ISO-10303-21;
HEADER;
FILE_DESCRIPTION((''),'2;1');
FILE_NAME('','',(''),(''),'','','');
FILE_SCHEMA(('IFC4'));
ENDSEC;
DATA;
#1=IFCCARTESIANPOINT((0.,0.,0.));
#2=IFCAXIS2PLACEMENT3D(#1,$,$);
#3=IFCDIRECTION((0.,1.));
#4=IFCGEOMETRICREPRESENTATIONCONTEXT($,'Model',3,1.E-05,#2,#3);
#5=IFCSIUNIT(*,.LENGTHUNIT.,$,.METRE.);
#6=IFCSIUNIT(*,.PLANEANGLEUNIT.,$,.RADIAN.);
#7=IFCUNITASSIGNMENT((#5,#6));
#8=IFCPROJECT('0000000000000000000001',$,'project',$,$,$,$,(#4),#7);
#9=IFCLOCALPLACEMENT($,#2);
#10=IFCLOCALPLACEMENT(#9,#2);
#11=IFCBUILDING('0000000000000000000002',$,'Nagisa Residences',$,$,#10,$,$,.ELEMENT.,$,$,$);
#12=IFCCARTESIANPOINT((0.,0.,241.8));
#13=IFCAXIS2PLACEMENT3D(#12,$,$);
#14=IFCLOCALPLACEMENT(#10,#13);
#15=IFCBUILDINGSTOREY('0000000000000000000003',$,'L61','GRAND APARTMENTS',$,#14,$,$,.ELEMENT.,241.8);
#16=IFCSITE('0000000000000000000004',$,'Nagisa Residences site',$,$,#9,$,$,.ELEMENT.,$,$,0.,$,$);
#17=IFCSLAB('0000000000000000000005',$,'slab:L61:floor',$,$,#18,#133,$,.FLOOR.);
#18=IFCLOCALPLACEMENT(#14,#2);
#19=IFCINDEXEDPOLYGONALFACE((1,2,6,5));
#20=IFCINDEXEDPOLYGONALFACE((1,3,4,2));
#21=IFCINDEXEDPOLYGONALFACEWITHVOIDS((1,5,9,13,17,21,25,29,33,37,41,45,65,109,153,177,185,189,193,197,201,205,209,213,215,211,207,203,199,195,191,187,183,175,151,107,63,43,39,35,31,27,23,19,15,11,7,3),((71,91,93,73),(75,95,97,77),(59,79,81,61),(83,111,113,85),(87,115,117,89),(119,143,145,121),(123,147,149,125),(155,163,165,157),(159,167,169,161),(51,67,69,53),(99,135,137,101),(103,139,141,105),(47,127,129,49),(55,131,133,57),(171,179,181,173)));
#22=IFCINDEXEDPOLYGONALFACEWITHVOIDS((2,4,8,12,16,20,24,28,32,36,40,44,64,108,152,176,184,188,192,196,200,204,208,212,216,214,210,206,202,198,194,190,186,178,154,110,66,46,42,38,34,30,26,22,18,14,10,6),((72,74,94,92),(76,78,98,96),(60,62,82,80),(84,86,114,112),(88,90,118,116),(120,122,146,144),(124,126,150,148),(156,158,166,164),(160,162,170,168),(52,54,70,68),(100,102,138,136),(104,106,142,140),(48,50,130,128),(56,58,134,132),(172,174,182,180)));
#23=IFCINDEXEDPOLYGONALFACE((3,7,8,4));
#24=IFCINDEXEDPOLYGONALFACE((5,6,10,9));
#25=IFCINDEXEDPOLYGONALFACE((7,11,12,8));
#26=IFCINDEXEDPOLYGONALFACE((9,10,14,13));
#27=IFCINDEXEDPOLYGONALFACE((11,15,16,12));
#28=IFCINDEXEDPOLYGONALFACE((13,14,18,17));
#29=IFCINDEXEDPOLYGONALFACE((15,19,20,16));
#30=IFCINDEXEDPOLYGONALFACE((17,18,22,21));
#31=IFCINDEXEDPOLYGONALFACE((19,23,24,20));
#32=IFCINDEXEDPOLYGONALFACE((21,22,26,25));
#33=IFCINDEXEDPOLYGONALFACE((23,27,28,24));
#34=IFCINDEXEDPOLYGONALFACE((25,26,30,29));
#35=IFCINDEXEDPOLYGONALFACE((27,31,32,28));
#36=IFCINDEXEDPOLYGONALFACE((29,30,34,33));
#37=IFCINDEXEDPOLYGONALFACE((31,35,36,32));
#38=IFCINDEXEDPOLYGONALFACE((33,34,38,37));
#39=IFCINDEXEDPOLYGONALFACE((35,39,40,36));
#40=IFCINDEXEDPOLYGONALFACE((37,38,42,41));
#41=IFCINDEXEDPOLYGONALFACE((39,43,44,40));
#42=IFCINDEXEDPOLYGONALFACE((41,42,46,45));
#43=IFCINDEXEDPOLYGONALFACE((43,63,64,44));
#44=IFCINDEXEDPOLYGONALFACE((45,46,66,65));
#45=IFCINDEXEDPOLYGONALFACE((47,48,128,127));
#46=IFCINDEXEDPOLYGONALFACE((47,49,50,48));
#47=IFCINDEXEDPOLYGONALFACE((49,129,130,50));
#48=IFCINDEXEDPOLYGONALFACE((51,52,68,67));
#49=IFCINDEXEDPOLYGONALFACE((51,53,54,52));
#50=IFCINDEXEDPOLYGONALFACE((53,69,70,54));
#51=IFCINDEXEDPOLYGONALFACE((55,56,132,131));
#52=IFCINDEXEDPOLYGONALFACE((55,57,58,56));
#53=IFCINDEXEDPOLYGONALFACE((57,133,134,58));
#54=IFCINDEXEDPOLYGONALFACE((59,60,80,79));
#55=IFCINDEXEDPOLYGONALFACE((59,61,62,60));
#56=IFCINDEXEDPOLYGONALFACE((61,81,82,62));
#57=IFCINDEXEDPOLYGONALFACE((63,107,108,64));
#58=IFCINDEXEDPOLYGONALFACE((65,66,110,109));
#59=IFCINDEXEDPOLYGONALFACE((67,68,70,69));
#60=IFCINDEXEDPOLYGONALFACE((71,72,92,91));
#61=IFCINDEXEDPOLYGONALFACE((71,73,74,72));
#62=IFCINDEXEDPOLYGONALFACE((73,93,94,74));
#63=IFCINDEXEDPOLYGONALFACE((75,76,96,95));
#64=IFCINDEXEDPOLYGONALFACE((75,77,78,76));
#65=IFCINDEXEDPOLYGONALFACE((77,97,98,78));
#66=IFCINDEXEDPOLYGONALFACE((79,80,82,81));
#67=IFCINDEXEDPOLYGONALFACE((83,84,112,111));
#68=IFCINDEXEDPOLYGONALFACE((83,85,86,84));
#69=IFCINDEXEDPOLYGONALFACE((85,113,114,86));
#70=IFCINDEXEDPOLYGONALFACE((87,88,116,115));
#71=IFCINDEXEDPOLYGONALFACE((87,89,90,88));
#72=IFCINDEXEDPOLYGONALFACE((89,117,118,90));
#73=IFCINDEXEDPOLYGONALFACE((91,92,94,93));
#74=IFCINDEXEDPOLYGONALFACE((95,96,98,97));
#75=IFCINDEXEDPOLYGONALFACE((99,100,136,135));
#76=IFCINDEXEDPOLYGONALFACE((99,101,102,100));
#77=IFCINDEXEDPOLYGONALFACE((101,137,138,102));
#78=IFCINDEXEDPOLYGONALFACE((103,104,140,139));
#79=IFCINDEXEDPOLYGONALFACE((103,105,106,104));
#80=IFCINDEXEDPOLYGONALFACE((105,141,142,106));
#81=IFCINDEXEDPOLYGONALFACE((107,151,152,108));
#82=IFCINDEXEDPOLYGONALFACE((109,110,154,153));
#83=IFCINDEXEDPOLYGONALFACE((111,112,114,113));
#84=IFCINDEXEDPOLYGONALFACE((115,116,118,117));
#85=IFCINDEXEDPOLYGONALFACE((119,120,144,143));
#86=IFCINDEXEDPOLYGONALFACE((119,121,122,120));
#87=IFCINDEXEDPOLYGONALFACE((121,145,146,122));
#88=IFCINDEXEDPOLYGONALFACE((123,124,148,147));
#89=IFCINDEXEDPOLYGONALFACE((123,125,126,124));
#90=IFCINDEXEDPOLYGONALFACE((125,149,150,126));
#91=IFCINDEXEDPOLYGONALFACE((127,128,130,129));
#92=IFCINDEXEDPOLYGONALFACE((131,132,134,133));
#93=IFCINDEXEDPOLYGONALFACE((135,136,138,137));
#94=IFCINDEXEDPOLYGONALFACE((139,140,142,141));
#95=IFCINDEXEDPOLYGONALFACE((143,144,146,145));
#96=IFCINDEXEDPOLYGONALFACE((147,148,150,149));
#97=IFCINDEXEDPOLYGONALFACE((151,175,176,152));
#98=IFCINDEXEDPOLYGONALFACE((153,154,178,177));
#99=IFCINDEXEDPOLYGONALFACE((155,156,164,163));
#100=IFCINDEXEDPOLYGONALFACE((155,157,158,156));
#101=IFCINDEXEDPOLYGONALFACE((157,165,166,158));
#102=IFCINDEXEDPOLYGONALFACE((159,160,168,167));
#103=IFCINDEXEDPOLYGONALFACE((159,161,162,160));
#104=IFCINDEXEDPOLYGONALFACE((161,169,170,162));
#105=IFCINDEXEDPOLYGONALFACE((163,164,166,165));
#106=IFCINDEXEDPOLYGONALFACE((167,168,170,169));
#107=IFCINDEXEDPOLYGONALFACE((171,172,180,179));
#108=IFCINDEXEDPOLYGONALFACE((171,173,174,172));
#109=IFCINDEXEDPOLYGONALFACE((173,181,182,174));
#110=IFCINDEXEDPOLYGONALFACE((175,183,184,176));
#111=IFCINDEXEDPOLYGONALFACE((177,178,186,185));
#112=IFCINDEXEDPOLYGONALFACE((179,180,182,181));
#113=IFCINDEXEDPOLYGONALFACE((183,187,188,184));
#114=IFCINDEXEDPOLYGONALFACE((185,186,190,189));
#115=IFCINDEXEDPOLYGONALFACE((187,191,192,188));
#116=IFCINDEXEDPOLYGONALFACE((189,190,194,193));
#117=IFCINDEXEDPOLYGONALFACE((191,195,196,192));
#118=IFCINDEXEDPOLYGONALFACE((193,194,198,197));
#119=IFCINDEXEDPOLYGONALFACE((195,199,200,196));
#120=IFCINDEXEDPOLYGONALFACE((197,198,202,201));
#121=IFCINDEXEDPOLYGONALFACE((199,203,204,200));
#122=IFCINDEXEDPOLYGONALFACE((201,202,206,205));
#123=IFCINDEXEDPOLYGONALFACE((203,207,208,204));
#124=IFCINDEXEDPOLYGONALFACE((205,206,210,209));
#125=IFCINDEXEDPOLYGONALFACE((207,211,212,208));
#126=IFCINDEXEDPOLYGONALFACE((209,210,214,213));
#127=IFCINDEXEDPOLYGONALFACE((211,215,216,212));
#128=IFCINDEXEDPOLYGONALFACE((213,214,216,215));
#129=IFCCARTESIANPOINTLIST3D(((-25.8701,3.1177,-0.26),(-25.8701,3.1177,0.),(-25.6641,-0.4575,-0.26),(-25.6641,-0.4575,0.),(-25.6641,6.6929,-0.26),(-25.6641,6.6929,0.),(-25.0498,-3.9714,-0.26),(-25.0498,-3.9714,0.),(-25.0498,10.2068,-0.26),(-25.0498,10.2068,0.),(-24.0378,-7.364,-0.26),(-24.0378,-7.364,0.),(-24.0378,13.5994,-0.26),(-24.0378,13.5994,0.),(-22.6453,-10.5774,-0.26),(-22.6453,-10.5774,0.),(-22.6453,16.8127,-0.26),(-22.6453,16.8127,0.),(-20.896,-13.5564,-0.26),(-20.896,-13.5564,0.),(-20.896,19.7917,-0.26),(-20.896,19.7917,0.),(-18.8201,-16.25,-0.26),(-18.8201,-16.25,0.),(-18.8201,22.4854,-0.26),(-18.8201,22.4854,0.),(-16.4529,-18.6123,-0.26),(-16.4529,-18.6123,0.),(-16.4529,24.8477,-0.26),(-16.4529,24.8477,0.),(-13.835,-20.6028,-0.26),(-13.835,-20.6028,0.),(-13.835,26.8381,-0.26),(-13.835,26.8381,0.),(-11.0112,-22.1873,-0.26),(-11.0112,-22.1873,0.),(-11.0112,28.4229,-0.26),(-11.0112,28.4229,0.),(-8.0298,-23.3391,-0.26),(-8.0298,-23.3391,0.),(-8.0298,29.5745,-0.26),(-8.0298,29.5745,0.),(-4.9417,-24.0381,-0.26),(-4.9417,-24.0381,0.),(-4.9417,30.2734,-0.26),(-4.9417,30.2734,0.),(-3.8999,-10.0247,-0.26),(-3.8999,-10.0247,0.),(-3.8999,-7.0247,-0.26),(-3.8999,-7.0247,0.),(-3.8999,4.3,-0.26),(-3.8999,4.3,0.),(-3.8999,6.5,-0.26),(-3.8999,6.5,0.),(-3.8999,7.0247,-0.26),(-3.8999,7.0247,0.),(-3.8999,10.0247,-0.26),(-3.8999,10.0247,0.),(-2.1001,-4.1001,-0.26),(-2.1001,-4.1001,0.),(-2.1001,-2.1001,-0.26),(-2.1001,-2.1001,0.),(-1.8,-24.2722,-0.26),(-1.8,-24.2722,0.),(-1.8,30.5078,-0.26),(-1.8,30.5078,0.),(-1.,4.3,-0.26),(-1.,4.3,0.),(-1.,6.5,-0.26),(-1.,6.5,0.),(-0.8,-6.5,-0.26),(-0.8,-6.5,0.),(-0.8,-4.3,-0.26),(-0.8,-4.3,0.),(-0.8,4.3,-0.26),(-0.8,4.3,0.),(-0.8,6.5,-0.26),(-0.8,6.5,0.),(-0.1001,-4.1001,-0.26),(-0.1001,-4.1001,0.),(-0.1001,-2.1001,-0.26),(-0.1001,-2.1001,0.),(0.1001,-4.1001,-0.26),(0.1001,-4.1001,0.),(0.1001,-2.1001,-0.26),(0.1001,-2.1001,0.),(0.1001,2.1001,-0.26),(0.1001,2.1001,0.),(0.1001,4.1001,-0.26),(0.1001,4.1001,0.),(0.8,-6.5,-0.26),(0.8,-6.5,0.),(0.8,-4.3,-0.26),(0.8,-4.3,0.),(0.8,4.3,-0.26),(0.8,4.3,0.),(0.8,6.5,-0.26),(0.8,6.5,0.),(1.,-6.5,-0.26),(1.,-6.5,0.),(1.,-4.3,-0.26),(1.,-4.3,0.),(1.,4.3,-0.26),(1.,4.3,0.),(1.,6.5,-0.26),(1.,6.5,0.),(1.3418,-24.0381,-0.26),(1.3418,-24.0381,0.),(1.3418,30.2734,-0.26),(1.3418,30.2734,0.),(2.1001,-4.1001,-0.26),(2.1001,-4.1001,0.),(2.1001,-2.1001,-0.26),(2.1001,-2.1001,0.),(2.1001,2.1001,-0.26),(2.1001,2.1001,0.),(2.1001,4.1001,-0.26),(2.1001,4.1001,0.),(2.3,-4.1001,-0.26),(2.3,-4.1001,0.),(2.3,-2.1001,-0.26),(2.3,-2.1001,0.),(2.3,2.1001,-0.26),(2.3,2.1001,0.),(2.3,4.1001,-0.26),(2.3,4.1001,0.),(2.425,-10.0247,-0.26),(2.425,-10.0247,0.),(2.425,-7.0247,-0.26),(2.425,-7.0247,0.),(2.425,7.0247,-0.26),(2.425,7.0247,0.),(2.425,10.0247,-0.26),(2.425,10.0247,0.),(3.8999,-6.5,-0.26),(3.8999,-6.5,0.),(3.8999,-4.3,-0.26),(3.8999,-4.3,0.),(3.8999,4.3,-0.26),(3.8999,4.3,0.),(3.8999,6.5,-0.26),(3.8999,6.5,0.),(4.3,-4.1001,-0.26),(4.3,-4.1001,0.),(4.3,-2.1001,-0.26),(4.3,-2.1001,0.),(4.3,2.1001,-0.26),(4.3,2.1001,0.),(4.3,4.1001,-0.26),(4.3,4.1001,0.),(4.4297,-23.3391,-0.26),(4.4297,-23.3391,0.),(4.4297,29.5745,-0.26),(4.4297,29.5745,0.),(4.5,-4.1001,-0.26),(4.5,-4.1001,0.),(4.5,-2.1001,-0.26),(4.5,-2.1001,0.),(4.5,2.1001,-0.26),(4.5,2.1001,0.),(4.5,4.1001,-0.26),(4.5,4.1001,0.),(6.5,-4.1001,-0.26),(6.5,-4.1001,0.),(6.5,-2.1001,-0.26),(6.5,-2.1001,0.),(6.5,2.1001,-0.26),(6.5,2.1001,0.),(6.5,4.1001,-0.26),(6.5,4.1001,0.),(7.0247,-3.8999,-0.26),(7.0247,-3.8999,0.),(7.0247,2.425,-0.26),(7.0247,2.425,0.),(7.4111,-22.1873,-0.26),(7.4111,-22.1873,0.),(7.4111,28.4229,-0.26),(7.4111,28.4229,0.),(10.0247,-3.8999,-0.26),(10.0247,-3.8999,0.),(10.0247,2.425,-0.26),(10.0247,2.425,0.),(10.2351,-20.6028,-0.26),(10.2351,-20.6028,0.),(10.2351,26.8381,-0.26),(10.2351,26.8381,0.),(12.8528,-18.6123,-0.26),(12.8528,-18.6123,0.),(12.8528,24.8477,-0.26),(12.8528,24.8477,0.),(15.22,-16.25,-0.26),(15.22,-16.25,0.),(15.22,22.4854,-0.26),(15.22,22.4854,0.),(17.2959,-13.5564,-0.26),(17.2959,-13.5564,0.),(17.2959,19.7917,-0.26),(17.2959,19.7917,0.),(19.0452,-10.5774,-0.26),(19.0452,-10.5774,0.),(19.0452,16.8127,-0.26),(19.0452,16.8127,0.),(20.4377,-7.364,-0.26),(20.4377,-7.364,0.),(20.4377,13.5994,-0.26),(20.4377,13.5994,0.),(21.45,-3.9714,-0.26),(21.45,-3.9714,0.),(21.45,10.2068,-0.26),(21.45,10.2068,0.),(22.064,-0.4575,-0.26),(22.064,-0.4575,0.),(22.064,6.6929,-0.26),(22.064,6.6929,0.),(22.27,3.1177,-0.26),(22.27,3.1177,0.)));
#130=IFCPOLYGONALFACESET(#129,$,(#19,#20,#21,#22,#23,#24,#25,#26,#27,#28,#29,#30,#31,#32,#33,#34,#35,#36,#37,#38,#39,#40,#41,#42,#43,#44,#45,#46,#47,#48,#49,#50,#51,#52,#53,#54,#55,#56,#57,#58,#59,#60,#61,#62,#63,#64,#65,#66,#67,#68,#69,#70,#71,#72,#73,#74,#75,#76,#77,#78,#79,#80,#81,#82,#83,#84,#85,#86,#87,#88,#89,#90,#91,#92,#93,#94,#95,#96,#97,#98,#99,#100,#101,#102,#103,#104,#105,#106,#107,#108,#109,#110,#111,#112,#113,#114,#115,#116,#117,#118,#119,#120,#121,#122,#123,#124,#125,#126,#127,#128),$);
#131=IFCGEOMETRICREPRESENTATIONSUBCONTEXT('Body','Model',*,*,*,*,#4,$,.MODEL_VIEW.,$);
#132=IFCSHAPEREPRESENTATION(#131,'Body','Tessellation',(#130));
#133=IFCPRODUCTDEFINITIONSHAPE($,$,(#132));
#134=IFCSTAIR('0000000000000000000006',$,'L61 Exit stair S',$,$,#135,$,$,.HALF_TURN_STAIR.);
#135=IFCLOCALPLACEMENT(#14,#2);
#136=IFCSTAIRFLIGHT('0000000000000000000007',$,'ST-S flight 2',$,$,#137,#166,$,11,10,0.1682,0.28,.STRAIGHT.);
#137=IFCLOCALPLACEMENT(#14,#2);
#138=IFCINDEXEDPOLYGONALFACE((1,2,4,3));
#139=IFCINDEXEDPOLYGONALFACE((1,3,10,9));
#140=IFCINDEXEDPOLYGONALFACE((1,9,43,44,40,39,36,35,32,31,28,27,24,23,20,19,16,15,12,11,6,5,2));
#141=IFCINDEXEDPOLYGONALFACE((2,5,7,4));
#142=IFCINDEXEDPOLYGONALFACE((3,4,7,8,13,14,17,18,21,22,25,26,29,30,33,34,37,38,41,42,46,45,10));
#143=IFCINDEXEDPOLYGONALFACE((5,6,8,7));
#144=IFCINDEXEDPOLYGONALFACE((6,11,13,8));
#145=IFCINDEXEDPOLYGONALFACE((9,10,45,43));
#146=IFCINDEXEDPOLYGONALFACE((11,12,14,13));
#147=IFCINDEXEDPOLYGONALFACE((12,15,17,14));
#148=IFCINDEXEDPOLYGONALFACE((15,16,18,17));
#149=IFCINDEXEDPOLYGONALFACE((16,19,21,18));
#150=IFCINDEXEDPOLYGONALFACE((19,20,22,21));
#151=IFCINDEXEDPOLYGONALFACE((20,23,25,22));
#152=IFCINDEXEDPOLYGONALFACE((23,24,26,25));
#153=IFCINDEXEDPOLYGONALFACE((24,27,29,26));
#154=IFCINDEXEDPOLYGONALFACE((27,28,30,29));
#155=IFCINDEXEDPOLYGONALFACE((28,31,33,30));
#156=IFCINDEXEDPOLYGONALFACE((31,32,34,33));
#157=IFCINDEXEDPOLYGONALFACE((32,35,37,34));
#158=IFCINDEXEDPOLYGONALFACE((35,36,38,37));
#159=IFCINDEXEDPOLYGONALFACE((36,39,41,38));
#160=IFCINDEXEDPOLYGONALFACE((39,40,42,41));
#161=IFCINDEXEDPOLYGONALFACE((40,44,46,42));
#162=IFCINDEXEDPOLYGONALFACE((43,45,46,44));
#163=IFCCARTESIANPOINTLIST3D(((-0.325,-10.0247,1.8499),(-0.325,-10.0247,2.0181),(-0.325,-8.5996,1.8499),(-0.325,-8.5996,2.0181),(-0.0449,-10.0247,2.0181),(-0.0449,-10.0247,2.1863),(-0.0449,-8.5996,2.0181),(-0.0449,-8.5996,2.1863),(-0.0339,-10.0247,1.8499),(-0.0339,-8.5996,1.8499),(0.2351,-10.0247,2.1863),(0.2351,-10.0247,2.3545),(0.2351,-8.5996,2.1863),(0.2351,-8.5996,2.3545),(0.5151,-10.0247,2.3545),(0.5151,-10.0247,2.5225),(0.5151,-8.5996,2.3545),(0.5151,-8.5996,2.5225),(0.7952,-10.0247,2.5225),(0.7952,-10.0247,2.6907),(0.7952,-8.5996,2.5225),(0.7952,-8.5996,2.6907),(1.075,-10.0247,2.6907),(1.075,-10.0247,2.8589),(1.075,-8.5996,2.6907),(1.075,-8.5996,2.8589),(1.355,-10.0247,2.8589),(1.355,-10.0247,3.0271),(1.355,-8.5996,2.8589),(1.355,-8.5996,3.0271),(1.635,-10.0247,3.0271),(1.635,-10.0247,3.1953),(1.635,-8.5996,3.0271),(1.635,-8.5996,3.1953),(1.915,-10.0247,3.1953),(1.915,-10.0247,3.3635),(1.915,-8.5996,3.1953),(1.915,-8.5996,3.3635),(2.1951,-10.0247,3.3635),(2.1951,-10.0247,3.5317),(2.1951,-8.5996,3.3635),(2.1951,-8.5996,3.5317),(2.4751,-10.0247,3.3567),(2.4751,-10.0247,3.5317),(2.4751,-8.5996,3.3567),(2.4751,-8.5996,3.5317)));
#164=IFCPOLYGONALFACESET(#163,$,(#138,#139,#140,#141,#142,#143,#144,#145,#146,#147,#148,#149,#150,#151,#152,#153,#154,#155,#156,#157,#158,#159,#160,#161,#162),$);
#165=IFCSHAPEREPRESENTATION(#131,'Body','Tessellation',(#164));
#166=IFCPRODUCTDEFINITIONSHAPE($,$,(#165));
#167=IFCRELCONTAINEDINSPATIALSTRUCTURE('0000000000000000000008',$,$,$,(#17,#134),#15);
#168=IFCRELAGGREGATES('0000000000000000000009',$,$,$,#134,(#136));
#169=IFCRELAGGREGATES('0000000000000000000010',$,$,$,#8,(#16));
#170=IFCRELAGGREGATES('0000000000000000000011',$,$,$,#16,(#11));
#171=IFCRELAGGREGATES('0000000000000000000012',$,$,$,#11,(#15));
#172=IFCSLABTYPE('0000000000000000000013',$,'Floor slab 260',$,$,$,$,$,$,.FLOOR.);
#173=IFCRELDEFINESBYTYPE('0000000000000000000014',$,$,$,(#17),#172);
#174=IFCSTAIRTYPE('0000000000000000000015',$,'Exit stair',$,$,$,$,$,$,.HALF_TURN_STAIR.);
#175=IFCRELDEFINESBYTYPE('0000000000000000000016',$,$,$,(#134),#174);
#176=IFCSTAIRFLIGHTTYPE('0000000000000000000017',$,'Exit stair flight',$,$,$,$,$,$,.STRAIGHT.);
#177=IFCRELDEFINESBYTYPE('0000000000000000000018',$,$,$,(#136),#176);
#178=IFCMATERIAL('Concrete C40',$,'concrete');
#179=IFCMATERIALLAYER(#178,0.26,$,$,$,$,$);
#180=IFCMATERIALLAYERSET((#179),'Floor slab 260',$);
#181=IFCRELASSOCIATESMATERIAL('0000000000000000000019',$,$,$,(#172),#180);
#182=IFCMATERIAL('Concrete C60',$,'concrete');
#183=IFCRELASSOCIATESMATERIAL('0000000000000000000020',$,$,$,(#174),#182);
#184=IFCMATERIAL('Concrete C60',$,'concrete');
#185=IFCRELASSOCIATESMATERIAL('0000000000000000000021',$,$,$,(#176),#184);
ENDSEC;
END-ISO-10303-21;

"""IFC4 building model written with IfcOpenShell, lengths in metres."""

from ifc_helpers import new_model, si_unit, direction, frame, origin, place, context, subcontext, project, spatial, polyline, outline, extrude, material, layer, layer_set, type_object, element, aggregate, save


model = new_model("IFC4")

# Units and contexts
model_context = context("Model", 3, precision=1e-05, world=origin(), true_north=direction((0.0, 1.0)))
body_context = subcontext(model_context, "Body", "Model", "MODEL_VIEW")
ifc_project = project(units=[si_unit("LENGTHUNIT", "METRE"), si_unit("PLANEANGLEUNIT", "RADIAN")], contexts=[model_context])

# Site, building, storey
site_placement = place(None, origin())
site = spatial("IfcSite", under=ifc_project, at=site_placement, Name="Nagisa Residences site", CompositionType="ELEMENT", RefElevation=0.0)
building_placement = place(site_placement, origin())
building = spatial("IfcBuilding", under=site, at=building_placement, Name="Nagisa Residences", CompositionType="ELEMENT")
storey_placement = place(building_placement, frame((0.0, 0.0, 241.8)))
storey = spatial("IfcBuildingStorey", under=building, at=storey_placement, Name="L61", Description="GRAND APARTMENTS", CompositionType="ELEMENT", Elevation=241.8)

# Slab
ifc_material_1 = material(Name="Concrete C40", Category="concrete")
ifc_layer_1 = layer(ifc_material_1, 0.26)
ifc_layer_set_1 = layer_set([ifc_layer_1], Name="Floor slab 260")
slab_type_1 = type_object("IfcSlabType", Name="Floor slab 260", PredefinedType="FLOOR", material=ifc_layer_set_1)
slab_1_placement = place(storey_placement, frame((0.0, 0.0, -0.26)))
element("IfcSlab", 1, at=slab_1_placement, inside=storey, type_object=slab_type_1, Name="slab:L61:floor", PredefinedType="FLOOR", context=body_context, shape_type="SweptSolid", body=[
    extrude(outline(polyline([(22.27, 3.1177), (22.064, 6.6929), (21.45, 10.2068), (20.4377, 13.5994), (19.0452, 16.8127), (17.2959, 19.7917), (15.22, 22.4854), (12.8528, 24.8477), (10.2351, 26.8381), (7.4111, 28.4229), (4.4297, 29.5745), (1.3418, 30.2734), (-1.8, 30.5078), (-4.9417, 30.2734), (-8.0298, 29.5745), (-11.0112, 28.4229), (-13.835, 26.8381), (-16.4529, 24.8477), (-18.8201, 22.4854), (-20.896, 19.7917), (-22.6453, 16.8127), (-24.0378, 13.5994), (-25.0498, 10.2068), (-25.6641, 6.6929), (-25.8701, 3.1177), (-25.6641, -0.4575), (-25.0498, -3.9714), (-24.0378, -7.364), (-22.6453, -10.5774), (-20.896, -13.5564), (-18.8201, -16.25), (-16.4529, -18.6123), (-13.835, -20.6028), (-11.0112, -22.1873), (-8.0298, -23.3391), (-4.9417, -24.0381), (-1.8, -24.2722), (1.3418, -24.0381), (4.4297, -23.3391), (7.4111, -22.1873), (10.2351, -20.6028), (12.8528, -18.6123), (15.22, -16.25), (17.2959, -13.5564), (19.0452, -10.5774), (20.4377, -7.364), (21.45, -3.9714), (22.064, -0.4575), (22.27, 3.1177)]), holes=[polyline([(2.1001, 2.1001), (2.1001, 4.1001), (0.1001, 4.1001), (0.1001, 2.1001), (2.1001, 2.1001)]), polyline([(4.3, 2.1001), (4.3, 4.1001), (2.3, 4.1001), (2.3, 2.1001), (4.3, 2.1001)]), polyline([(6.5, 2.1001), (6.5, 4.1001), (4.5, 4.1001), (4.5, 2.1001), (6.5, 2.1001)]), polyline([(-0.1001, -4.1001), (-0.1001, -2.1001), (-2.1001, -2.1001), (-2.1001, -4.1001), (-0.1001, -4.1001)]), polyline([(2.1001, -4.1001), (2.1001, -2.1001), (0.1001, -2.1001), (0.1001, -4.1001), (2.1001, -4.1001)]), polyline([(4.3, -4.1001), (4.3, -2.1001), (2.3, -2.1001), (2.3, -4.1001), (4.3, -4.1001)]), polyline([(6.5, -4.1001), (6.5, -2.1001), (4.5, -2.1001), (4.5, -4.1001), (6.5, -4.1001)]), polyline([(3.8999, 4.3), (3.8999, 6.5), (1.0, 6.5), (1.0, 4.3), (3.8999, 4.3)]), polyline([(3.8999, -6.5), (3.8999, -4.3), (1.0, -4.3), (1.0, -6.5), (3.8999, -6.5)]), polyline([(-1.0, 4.3), (-1.0, 6.5), (-3.8999, 6.5), (-3.8999, 4.3), (-1.0, 4.3)]), polyline([(0.8, 4.3), (0.8, 6.5), (-0.8, 6.5), (-0.8, 4.3), (0.8, 4.3)]), polyline([(0.8, -6.5), (0.8, -4.3), (-0.8, -4.3), (-0.8, -6.5), (0.8, -6.5)]), polyline([(10.0247, -3.8999), (7.0247, -3.8999), (7.0247, 2.425), (10.0247, 2.425), (10.0247, -3.8999)]), polyline([(-3.8999, 7.0247), (-3.8999, 10.0247), (2.425, 10.0247), (2.425, 7.0247), (-3.8999, 7.0247)]), polyline([(-3.8999, -10.0247), (-3.8999, -7.0247), (2.425, -7.0247), (2.425, -10.0247), (-3.8999, -10.0247)])]), origin(), (0.0, 0.0, 1.0), 0.26),
])

# Stair, stair flight
ifc_material_2 = material(Name="Concrete C60", Category="concrete")
stair_type = type_object("IfcStairType", Name="Exit stair", PredefinedType="HALF_TURN_STAIR", material=ifc_material_2)
stair_placement = place(storey_placement, origin())
stair = element("IfcStair", 2, at=stair_placement, inside=storey, type_object=stair_type, Name="L61 Exit stair S", PredefinedType="HALF_TURN_STAIR")
ifc_material_3 = material(Name="Concrete C60", Category="concrete")
stair_flight_type = type_object("IfcStairFlightType", Name="Exit stair flight", PredefinedType="STRAIGHT", material=ifc_material_3)
stair_flight_placement = place(storey_placement, frame((-0.325, -9.312, 1.8499), z_axis=(0.0, 0.0, 1.0), x_axis=(1.0, 0.0, 0.0)))
stair_flight = element("IfcStairFlight", 3, at=stair_flight_placement, type_object=stair_flight_type, Name="ST-S flight 2", NumberOfRisers=11, NumberOfTreads=10, PredefinedType="STRAIGHT", RiserHeight=0.1682, TreadLength=0.28, context=body_context, shape_type="SweptSolid", body=[
    extrude(outline(polyline([(0.0, 0.0), (0.0, 0.1682), (0.28, 0.1682), (0.28, 0.3364), (0.5601, 0.3364), (0.5601, 0.5046), (0.8401, 0.5046), (0.8401, 0.6726), (1.1201, 0.6726), (1.1201, 0.8408), (1.3999, 0.8408), (1.3999, 1.009), (1.6799, 1.009), (1.6799, 1.1772), (1.96, 1.1772), (1.96, 1.3455), (2.24, 1.3455), (2.24, 1.5137), (2.52, 1.5137), (2.52, 1.6819), (2.8, 1.6819), (2.8, 1.8501), (2.8, 1.5068), (0.291, 0.0), (0.0, 0.0)])), frame((0.0, 0.7124, 0.0), z_axis=(0.0, -1.0, 0.0), x_axis=(1.0, 0.0, 0.0)), (0.0, 0.0, 1.0), 1.425),
])
aggregate(stair, [stair_flight])

save(model, "model.ifc")
